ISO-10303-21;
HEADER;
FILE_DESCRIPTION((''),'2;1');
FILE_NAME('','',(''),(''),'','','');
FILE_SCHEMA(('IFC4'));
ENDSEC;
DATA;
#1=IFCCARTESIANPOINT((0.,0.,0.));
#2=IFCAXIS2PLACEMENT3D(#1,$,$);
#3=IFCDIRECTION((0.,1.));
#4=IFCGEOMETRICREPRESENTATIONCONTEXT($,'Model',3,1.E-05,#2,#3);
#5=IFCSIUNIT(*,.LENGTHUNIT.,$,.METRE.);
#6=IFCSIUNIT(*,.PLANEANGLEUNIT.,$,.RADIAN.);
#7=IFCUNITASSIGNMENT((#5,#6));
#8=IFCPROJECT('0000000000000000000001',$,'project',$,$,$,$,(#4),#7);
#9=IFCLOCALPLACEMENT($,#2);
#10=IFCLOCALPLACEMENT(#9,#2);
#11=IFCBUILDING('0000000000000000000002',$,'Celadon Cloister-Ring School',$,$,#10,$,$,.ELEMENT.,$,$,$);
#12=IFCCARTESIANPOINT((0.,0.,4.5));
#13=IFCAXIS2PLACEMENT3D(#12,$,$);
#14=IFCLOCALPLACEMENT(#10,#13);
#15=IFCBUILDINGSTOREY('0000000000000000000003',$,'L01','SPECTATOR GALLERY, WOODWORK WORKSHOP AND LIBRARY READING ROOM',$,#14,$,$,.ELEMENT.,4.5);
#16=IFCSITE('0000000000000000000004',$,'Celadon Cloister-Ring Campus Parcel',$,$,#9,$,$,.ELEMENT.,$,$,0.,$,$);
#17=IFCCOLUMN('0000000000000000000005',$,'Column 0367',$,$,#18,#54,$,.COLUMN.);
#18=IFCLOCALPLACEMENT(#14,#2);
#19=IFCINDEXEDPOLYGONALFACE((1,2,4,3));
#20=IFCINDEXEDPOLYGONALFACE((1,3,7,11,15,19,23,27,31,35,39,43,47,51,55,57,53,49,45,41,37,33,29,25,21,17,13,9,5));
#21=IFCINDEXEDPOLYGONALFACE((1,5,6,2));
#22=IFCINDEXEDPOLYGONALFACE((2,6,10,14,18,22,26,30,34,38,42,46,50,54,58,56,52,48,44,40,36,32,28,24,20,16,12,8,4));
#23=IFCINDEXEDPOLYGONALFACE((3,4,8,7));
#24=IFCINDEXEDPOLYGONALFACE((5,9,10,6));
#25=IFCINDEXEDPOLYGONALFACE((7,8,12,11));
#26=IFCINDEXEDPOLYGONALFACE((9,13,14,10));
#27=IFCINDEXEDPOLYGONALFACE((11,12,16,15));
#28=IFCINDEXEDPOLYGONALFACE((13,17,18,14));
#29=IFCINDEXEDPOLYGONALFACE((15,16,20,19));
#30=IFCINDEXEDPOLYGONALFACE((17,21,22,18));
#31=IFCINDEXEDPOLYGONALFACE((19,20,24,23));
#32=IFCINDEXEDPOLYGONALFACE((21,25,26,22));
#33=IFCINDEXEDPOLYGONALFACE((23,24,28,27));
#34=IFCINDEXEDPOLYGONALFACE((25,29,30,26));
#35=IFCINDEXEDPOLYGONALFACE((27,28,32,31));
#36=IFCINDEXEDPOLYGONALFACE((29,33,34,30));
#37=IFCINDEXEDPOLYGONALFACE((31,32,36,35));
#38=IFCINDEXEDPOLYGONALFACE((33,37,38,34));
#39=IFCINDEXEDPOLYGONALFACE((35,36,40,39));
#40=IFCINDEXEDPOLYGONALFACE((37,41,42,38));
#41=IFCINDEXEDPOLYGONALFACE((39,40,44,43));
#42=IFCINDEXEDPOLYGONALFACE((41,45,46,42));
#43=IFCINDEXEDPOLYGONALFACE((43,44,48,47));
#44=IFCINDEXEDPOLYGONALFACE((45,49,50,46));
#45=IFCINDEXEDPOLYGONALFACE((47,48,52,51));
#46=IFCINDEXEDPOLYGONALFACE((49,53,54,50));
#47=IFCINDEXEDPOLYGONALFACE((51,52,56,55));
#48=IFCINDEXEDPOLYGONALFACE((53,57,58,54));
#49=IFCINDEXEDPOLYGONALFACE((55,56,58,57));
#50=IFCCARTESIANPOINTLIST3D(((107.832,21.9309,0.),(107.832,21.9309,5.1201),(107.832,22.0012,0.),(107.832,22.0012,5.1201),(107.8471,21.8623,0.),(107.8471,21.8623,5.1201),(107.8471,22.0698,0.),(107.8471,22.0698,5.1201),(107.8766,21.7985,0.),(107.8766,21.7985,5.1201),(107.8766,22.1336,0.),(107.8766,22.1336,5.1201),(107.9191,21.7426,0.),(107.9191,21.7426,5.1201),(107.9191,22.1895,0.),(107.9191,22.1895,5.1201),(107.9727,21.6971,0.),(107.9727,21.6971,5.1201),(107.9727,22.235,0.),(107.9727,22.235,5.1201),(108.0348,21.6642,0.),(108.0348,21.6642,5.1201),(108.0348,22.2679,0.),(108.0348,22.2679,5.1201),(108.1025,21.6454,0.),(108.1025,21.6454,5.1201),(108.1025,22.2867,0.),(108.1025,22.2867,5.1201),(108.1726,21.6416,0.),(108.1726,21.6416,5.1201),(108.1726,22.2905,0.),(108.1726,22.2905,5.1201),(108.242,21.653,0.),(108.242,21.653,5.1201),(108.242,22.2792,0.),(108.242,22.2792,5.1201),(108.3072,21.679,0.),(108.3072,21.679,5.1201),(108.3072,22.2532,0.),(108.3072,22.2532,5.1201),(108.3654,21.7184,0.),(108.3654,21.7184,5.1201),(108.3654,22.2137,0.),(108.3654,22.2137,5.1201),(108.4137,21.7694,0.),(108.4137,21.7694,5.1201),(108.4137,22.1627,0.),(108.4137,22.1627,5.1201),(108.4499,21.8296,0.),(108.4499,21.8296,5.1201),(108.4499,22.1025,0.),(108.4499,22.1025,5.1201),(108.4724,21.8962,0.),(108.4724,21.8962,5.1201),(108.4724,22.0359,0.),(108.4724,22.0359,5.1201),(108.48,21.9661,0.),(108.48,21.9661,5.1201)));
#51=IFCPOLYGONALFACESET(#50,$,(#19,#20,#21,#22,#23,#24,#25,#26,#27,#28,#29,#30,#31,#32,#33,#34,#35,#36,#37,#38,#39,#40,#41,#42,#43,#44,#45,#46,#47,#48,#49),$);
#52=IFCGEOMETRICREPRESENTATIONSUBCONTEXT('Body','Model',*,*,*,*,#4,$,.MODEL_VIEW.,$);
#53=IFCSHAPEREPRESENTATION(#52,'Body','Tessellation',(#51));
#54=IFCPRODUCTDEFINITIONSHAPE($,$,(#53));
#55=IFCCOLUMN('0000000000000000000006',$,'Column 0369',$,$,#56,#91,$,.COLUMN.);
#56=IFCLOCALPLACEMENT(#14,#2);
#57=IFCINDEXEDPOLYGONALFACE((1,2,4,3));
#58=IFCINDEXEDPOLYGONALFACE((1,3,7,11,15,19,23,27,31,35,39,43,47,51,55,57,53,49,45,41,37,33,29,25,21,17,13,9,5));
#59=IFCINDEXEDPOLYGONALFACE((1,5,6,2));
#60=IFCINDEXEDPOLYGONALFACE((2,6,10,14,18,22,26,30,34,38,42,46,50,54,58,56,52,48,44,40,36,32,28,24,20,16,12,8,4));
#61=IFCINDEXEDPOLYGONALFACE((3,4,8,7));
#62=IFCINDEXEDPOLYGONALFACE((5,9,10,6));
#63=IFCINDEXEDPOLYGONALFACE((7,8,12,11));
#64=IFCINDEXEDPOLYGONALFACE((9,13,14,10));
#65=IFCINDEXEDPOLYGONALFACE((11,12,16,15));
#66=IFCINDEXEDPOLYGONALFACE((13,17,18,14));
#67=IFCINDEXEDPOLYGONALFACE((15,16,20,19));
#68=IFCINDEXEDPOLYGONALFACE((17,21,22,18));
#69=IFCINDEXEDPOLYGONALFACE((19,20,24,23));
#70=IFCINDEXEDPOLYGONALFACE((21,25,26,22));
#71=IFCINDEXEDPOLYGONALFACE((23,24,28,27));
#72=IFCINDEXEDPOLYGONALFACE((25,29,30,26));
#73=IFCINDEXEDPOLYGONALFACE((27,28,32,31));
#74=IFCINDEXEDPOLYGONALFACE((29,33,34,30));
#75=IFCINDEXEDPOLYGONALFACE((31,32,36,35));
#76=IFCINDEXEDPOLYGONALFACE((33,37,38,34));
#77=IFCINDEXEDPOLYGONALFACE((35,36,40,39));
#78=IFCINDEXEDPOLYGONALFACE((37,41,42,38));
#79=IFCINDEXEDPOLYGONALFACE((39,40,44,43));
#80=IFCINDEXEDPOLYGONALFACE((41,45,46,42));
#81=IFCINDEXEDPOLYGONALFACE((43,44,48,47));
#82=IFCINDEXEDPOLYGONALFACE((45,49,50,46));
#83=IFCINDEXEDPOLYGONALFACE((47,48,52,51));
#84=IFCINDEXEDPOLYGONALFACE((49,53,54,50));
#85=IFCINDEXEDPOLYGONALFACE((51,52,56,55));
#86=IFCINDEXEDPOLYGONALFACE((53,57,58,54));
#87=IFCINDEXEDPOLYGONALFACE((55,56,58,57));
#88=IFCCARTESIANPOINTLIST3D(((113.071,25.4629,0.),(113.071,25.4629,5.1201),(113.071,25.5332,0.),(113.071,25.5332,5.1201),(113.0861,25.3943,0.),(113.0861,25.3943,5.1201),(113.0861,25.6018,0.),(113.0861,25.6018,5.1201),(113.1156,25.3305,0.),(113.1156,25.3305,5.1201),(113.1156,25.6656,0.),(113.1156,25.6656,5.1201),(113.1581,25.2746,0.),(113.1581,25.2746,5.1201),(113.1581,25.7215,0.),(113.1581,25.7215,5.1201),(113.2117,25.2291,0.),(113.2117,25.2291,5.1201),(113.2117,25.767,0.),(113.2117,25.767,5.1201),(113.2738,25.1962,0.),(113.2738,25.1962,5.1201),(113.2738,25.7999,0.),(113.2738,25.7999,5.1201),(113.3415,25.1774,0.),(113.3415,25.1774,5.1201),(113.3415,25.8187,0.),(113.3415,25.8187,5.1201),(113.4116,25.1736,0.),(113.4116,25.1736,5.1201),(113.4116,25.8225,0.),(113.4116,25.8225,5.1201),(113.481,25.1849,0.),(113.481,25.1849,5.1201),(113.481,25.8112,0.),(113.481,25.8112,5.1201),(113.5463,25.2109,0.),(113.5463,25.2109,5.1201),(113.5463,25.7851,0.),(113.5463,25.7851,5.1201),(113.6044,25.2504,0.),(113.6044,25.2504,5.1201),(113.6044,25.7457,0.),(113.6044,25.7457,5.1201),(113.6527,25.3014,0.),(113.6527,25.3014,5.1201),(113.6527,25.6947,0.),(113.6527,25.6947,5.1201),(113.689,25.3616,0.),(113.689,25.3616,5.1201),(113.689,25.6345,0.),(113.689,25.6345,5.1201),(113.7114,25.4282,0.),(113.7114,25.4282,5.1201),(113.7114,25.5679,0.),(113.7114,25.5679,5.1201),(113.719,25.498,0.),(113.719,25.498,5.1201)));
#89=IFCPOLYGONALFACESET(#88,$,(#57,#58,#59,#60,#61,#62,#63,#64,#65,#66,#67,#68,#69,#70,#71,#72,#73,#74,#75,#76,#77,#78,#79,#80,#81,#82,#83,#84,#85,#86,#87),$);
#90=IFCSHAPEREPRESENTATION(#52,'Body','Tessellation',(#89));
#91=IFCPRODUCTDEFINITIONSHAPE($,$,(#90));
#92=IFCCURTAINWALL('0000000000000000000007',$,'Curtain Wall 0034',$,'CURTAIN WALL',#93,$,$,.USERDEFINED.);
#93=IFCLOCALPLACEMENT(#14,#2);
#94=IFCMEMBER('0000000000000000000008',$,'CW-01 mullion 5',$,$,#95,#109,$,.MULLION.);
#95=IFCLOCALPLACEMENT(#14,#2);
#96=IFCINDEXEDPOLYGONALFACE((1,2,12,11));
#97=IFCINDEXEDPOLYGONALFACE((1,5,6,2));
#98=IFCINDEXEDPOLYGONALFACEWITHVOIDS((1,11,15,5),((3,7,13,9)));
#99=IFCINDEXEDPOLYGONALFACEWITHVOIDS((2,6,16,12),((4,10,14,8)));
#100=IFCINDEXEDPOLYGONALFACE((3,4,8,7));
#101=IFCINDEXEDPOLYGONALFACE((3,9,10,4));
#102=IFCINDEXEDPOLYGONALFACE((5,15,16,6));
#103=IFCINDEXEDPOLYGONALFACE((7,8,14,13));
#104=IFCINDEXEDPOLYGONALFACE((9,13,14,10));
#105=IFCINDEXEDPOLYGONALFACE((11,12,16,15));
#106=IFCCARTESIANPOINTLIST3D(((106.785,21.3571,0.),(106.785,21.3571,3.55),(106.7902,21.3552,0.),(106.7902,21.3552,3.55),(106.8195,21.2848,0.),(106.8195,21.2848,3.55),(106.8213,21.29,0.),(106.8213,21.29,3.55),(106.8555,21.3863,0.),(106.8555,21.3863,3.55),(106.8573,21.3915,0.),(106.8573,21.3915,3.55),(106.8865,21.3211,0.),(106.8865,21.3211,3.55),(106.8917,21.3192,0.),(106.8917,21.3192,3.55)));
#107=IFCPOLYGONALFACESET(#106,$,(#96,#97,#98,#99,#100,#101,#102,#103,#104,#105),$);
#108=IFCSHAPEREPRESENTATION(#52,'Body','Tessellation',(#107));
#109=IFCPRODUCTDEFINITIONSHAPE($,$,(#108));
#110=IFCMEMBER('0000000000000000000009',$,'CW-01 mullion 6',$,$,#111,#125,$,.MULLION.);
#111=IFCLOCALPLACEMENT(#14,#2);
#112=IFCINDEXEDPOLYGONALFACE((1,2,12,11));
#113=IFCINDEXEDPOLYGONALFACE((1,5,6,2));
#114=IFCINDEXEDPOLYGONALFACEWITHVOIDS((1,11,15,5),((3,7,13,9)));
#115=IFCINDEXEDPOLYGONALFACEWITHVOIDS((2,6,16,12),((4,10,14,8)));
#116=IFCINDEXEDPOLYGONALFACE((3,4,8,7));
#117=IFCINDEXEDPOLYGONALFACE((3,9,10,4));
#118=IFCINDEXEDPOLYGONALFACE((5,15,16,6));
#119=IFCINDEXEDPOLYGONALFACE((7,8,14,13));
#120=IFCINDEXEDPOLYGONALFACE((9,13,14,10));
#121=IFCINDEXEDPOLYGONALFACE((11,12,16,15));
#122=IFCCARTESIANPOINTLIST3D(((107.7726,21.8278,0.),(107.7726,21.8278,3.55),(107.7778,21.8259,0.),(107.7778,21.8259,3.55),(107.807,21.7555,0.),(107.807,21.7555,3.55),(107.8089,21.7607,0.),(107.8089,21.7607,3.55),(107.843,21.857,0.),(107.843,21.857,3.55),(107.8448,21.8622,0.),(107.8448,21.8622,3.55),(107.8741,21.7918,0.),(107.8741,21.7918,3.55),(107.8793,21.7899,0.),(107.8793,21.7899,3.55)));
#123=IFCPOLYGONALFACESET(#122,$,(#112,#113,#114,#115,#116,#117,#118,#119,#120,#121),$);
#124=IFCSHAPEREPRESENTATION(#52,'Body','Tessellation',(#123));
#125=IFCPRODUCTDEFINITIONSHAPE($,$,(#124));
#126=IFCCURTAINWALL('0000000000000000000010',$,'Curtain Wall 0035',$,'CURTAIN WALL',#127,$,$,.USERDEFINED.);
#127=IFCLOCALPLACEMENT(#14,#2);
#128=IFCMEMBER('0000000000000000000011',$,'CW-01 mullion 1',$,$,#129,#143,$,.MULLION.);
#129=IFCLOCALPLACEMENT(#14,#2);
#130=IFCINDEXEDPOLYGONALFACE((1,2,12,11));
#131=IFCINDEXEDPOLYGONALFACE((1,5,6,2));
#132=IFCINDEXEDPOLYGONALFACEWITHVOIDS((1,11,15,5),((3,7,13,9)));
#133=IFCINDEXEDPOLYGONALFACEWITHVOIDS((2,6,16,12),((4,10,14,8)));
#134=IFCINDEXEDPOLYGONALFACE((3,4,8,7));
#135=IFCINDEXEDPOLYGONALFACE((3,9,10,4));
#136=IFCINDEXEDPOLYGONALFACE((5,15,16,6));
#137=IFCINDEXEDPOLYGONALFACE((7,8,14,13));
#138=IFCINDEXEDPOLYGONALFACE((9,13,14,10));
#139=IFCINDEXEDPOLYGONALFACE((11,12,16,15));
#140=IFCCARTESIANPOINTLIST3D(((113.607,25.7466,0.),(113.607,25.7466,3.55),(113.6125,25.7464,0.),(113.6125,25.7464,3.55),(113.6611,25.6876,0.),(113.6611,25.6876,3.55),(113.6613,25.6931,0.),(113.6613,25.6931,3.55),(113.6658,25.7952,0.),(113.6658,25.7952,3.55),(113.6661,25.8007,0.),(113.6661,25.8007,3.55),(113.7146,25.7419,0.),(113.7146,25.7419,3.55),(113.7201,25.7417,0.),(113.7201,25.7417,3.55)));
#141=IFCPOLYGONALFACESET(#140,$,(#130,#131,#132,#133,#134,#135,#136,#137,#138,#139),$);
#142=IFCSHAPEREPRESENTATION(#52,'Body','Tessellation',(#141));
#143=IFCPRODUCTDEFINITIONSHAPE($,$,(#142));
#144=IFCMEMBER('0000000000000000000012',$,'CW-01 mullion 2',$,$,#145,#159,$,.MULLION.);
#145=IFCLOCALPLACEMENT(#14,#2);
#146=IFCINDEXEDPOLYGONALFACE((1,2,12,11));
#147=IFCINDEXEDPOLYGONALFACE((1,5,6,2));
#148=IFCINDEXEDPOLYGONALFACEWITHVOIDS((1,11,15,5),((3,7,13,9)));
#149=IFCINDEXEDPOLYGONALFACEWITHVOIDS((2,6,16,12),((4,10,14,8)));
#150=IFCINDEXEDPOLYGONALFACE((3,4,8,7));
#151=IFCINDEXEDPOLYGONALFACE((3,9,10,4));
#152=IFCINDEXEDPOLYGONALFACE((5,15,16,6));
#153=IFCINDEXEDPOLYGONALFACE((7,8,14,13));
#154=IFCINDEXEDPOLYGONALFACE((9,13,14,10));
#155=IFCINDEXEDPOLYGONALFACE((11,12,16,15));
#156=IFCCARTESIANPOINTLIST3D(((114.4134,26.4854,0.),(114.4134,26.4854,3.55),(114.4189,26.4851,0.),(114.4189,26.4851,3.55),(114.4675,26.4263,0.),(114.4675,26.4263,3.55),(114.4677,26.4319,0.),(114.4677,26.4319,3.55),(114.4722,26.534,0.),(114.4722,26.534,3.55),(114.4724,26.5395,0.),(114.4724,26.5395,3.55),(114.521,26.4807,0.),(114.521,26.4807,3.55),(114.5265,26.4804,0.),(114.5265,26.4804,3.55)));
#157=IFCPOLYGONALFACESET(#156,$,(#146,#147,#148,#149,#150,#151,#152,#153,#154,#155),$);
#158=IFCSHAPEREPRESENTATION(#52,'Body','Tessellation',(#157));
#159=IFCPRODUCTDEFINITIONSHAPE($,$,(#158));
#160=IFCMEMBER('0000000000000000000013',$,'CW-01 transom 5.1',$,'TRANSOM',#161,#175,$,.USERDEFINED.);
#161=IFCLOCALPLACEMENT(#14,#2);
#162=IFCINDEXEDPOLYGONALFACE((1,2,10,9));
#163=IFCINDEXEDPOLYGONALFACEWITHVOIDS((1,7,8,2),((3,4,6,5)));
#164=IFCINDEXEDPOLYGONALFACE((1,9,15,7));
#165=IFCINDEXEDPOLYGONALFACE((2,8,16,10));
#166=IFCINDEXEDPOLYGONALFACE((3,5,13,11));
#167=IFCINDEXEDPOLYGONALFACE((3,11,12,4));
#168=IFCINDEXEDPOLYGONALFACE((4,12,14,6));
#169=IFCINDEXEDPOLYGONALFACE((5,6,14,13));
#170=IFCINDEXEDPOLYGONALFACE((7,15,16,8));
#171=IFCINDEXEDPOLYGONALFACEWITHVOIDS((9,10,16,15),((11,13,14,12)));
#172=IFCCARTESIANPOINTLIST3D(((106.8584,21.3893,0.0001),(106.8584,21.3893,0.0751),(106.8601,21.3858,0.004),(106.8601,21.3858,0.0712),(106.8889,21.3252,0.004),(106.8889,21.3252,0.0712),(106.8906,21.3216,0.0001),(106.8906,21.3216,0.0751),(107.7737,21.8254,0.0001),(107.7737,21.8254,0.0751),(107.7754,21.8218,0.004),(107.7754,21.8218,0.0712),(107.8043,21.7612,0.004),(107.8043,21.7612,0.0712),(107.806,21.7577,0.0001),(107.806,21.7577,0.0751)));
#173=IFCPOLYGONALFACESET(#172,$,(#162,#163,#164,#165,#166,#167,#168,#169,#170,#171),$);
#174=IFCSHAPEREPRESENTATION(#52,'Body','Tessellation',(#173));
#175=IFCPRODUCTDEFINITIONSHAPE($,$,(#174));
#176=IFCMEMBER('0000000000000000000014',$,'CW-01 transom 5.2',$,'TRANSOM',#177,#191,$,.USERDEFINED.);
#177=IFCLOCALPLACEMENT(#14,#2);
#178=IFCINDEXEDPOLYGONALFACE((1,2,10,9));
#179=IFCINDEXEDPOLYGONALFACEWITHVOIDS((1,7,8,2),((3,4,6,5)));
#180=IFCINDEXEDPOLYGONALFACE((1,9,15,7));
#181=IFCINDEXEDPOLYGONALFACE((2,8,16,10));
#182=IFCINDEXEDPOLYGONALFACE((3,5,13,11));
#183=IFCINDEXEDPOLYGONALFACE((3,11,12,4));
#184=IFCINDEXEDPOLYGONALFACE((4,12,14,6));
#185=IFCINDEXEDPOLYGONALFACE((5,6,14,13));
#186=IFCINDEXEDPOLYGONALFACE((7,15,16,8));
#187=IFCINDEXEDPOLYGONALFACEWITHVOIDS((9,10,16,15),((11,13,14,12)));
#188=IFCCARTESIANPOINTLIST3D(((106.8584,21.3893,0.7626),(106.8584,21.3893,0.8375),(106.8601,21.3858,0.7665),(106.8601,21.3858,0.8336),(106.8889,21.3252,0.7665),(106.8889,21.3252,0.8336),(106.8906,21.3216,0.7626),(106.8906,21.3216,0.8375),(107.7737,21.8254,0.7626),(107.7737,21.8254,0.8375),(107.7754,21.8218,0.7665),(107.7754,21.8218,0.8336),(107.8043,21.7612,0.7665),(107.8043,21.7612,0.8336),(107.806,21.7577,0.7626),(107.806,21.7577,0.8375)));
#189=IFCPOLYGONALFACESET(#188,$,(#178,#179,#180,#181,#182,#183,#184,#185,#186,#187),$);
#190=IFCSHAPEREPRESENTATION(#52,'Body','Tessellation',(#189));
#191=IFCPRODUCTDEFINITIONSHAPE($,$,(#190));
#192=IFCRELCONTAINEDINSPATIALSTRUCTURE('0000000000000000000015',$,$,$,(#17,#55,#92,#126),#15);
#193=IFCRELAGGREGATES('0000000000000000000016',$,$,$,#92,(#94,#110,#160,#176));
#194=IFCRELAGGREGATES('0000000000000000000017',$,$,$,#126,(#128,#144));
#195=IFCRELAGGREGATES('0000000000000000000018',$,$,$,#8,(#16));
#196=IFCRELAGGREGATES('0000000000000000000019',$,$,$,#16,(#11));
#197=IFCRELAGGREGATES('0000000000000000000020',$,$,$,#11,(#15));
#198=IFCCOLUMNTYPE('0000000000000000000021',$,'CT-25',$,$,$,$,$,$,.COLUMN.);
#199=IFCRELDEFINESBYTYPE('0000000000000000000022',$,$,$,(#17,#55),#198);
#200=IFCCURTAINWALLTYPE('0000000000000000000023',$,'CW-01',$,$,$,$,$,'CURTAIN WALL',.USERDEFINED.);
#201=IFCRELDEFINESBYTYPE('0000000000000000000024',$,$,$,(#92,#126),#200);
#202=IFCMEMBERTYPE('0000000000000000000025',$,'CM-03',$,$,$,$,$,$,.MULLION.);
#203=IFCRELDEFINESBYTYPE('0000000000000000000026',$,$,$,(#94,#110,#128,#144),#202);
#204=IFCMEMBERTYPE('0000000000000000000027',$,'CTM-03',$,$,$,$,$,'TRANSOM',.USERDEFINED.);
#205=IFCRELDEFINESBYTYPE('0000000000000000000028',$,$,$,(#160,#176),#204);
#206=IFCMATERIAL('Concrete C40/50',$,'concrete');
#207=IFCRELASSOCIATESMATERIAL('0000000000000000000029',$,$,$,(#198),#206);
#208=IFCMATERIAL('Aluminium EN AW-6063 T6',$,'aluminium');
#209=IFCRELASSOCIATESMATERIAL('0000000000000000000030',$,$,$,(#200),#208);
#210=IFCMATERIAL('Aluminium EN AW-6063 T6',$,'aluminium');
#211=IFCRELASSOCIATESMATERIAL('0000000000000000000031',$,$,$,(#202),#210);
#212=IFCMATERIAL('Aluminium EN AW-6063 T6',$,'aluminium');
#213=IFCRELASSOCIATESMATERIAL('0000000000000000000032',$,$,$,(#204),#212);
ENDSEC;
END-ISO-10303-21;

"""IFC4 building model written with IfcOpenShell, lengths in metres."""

from ifc_helpers import new_model, si_unit, direction, frame, origin, origin_2d, place, context, subcontext, project, spatial, hollow_rectangle, circle, extrude, material, material_profile, profile_set, type_object, element, aggregate, save


model = new_model("IFC4")

# Units and contexts
model_context = context("Model", 3, precision=1e-05, world=origin(), true_north=direction((0.0, 1.0)))
body_context = subcontext(model_context, "Body", "Model", "MODEL_VIEW")
ifc_project = project(units=[si_unit("LENGTHUNIT", "METRE"), si_unit("PLANEANGLEUNIT", "RADIAN")], contexts=[model_context])

# Site, building, storey
site_placement = place(None, origin())
site = spatial("IfcSite", under=ifc_project, at=site_placement, Name="Celadon Cloister-Ring Campus Parcel", CompositionType="ELEMENT", RefElevation=0.0)
building_placement = place(site_placement, origin())
building = spatial("IfcBuilding", under=site, at=building_placement, Name="Celadon Cloister-Ring School", CompositionType="ELEMENT")
storey_placement = place(building_placement, frame((0.0, 0.0, 4.5)))
storey = spatial("IfcBuildingStorey", under=building, at=storey_placement, Name="L01", Description="SPECTATOR GALLERY, WOODWORK WORKSHOP AND LIBRARY READING ROOM", CompositionType="ELEMENT", Elevation=4.5)

# Columns
ifc_material_1 = material(Name="Concrete C40/50", Category="concrete")
ifc_material_profile_1 = material_profile(ifc_material_1, circle(Radius=0.325, at=origin_2d()), Name="CIRC650")
ifc_profile_set_1 = profile_set([ifc_material_profile_1], Name="Concrete C40/50")
column_type = type_object("IfcColumnType", Name="CT-25", PredefinedType="COLUMN", material=ifc_profile_set_1)
for number, where, z_axis, x_axis, name in (
    (1, (108.155, 21.9661, 0.0), (0.0, 0.0, 1.0), (1.0, 0.0, 0.0), "Column 0367"),
    (2, (113.394, 25.498, 0.0), (0.0, 0.0, 1.0), (1.0, 0.0, 0.0), "Column 0369"),
):
    element("IfcColumn", number, at=place(storey_placement, frame(where, z_axis=z_axis, x_axis=x_axis)), inside=storey, type_object=column_type, Name=name, PredefinedType="COLUMN", context=body_context, shape_type="SweptSolid", body=[
        extrude(circle(Radius=0.325, at=origin_2d()), origin(), (0.0, 0.0, 1.0), 5.1201),
    ])

# Curtain walls, members
ifc_material_2 = material(Name="Aluminium EN AW-6063 T6", Category="aluminium")
curtain_wall_type = type_object("IfcCurtainWallType", Name="CW-01", ElementType="CURTAIN WALL", PredefinedType="USERDEFINED", material=ifc_material_2)
curtain_wall_1_placement = place(storey_placement, origin())
curtain_wall_1 = element("IfcCurtainWall", 3, at=curtain_wall_1_placement, inside=storey, type_object=curtain_wall_type, Name="Curtain Wall 0034", ObjectType="CURTAIN WALL", PredefinedType="USERDEFINED")
ifc_material_3 = material(Name="Aluminium EN AW-6063 T6", Category="aluminium")
ifc_material_profile_2 = material_profile(ifc_material_3, hollow_rectangle(XDim=0.0801, YDim=0.0801, WallThickness=0.0039, at=origin_2d()), Name="RHS80X80X4")
ifc_profile_set_2 = profile_set([ifc_material_profile_2], Name="Aluminium EN AW-6063 T6")
member_type_1 = type_object("IfcMemberType", Name="CM-03", PredefinedType="MULLION", material=ifc_profile_set_2)
member_1_placement = place(storey_placement, frame((106.8384, 21.3381, 0.0), z_axis=(0.0, 0.0, 1.0), x_axis=(-0.430201, 0.902733, 0.0)))
member_1 = element("IfcMember", 4, at=member_1_placement, type_object=member_type_1, Name="CW-01 mullion 5", PredefinedType="MULLION", context=body_context, shape_type="SweptSolid", body=[
    extrude(hollow_rectangle(XDim=0.0801, YDim=0.0801, WallThickness=0.0039, at=origin_2d()), origin(), (0.0, 0.0, 1.0), 3.55),
])
member_2_placement = place(storey_placement, frame((107.8259, 21.8088, 0.0), z_axis=(0.0, 0.0, 1.0), x_axis=(-0.430201, 0.902733, 0.0)))
member_2 = element("IfcMember", 5, at=member_2_placement, type_object=member_type_1, Name="CW-01 mullion 6", PredefinedType="MULLION", context=body_context, shape_type="SweptSolid", body=[
    extrude(hollow_rectangle(XDim=0.0801, YDim=0.0801, WallThickness=0.0039, at=origin_2d()), origin(), (0.0, 0.0, 1.0), 3.55),
])
curtain_wall_2_placement = place(storey_placement, origin())
curtain_wall_2 = element("IfcCurtainWall", 6, at=curtain_wall_2_placement, inside=storey, type_object=curtain_wall_type, Name="Curtain Wall 0035", ObjectType="CURTAIN WALL", PredefinedType="USERDEFINED")
member_3_placement = place(storey_placement, frame((113.6636, 25.7441, 0.0), z_axis=(0.0, 0.0, 1.0), x_axis=(-0.675469, 0.737388, 0.0)))
member_3 = element("IfcMember", 7, at=member_3_placement, type_object=member_type_1, Name="CW-01 mullion 1", PredefinedType="MULLION", context=body_context, shape_type="SweptSolid", body=[
    extrude(hollow_rectangle(XDim=0.0801, YDim=0.0801, WallThickness=0.0039, at=origin_2d()), origin(), (0.0, 0.0, 1.0), 3.55),
])
member_4_placement = place(storey_placement, frame((114.47, 26.4829, 0.0), z_axis=(0.0, 0.0, 1.0), x_axis=(-0.675469, 0.737388, 0.0)))
member_4 = element("IfcMember", 8, at=member_4_placement, type_object=member_type_1, Name="CW-01 mullion 2", PredefinedType="MULLION", context=body_context, shape_type="SweptSolid", body=[
    extrude(hollow_rectangle(XDim=0.0801, YDim=0.0801, WallThickness=0.0039, at=origin_2d()), origin(), (0.0, 0.0, 1.0), 3.55),
])

# Members
ifc_material_4 = material(Name="Aluminium EN AW-6063 T6", Category="aluminium")
ifc_material_profile_3 = material_profile(ifc_material_4, hollow_rectangle(XDim=0.075, YDim=0.075, WallThickness=0.0039, at=origin_2d()), Name="RHS75X75X4")
ifc_profile_set_3 = profile_set([ifc_material_profile_3], Name="Aluminium EN AW-6063 T6")
member_type_2 = type_object("IfcMemberType", Name="CTM-03", ElementType="TRANSOM", PredefinedType="USERDEFINED", material=ifc_profile_set_3)
member_5_placement = place(storey_placement, frame((106.8745, 21.3555, 0.0376), z_axis=(0.902789, 0.430083, 0.0), x_axis=(-0.430083, 0.902789, 0.0)))
member_5 = element("IfcMember", 9, at=member_5_placement, type_object=member_type_2, Name="CW-01 transom 5.1", ObjectType="TRANSOM", PredefinedType="USERDEFINED", context=body_context, shape_type="SweptSolid", body=[
    extrude(hollow_rectangle(XDim=0.075, YDim=0.075, WallThickness=0.0039, at=origin_2d()), origin(), (0.0, 0.0, 1.0), 1.0139),
])
member_6_placement = place(storey_placement, frame((106.8745, 21.3555, 0.8), z_axis=(0.902789, 0.430083, 0.0), x_axis=(-0.430083, 0.902789, 0.0)))
member_6 = element("IfcMember", 10, at=member_6_placement, type_object=member_type_2, Name="CW-01 transom 5.2", ObjectType="TRANSOM", PredefinedType="USERDEFINED", context=body_context, shape_type="SweptSolid", body=[
    extrude(hollow_rectangle(XDim=0.075, YDim=0.075, WallThickness=0.0039, at=origin_2d()), origin(), (0.0, 0.0, 1.0), 1.0139),
])

aggregate(curtain_wall_1, [member_1, member_2, member_5, member_6])
aggregate(curtain_wall_2, [member_3, member_4])

save(model, "model.ifc")
